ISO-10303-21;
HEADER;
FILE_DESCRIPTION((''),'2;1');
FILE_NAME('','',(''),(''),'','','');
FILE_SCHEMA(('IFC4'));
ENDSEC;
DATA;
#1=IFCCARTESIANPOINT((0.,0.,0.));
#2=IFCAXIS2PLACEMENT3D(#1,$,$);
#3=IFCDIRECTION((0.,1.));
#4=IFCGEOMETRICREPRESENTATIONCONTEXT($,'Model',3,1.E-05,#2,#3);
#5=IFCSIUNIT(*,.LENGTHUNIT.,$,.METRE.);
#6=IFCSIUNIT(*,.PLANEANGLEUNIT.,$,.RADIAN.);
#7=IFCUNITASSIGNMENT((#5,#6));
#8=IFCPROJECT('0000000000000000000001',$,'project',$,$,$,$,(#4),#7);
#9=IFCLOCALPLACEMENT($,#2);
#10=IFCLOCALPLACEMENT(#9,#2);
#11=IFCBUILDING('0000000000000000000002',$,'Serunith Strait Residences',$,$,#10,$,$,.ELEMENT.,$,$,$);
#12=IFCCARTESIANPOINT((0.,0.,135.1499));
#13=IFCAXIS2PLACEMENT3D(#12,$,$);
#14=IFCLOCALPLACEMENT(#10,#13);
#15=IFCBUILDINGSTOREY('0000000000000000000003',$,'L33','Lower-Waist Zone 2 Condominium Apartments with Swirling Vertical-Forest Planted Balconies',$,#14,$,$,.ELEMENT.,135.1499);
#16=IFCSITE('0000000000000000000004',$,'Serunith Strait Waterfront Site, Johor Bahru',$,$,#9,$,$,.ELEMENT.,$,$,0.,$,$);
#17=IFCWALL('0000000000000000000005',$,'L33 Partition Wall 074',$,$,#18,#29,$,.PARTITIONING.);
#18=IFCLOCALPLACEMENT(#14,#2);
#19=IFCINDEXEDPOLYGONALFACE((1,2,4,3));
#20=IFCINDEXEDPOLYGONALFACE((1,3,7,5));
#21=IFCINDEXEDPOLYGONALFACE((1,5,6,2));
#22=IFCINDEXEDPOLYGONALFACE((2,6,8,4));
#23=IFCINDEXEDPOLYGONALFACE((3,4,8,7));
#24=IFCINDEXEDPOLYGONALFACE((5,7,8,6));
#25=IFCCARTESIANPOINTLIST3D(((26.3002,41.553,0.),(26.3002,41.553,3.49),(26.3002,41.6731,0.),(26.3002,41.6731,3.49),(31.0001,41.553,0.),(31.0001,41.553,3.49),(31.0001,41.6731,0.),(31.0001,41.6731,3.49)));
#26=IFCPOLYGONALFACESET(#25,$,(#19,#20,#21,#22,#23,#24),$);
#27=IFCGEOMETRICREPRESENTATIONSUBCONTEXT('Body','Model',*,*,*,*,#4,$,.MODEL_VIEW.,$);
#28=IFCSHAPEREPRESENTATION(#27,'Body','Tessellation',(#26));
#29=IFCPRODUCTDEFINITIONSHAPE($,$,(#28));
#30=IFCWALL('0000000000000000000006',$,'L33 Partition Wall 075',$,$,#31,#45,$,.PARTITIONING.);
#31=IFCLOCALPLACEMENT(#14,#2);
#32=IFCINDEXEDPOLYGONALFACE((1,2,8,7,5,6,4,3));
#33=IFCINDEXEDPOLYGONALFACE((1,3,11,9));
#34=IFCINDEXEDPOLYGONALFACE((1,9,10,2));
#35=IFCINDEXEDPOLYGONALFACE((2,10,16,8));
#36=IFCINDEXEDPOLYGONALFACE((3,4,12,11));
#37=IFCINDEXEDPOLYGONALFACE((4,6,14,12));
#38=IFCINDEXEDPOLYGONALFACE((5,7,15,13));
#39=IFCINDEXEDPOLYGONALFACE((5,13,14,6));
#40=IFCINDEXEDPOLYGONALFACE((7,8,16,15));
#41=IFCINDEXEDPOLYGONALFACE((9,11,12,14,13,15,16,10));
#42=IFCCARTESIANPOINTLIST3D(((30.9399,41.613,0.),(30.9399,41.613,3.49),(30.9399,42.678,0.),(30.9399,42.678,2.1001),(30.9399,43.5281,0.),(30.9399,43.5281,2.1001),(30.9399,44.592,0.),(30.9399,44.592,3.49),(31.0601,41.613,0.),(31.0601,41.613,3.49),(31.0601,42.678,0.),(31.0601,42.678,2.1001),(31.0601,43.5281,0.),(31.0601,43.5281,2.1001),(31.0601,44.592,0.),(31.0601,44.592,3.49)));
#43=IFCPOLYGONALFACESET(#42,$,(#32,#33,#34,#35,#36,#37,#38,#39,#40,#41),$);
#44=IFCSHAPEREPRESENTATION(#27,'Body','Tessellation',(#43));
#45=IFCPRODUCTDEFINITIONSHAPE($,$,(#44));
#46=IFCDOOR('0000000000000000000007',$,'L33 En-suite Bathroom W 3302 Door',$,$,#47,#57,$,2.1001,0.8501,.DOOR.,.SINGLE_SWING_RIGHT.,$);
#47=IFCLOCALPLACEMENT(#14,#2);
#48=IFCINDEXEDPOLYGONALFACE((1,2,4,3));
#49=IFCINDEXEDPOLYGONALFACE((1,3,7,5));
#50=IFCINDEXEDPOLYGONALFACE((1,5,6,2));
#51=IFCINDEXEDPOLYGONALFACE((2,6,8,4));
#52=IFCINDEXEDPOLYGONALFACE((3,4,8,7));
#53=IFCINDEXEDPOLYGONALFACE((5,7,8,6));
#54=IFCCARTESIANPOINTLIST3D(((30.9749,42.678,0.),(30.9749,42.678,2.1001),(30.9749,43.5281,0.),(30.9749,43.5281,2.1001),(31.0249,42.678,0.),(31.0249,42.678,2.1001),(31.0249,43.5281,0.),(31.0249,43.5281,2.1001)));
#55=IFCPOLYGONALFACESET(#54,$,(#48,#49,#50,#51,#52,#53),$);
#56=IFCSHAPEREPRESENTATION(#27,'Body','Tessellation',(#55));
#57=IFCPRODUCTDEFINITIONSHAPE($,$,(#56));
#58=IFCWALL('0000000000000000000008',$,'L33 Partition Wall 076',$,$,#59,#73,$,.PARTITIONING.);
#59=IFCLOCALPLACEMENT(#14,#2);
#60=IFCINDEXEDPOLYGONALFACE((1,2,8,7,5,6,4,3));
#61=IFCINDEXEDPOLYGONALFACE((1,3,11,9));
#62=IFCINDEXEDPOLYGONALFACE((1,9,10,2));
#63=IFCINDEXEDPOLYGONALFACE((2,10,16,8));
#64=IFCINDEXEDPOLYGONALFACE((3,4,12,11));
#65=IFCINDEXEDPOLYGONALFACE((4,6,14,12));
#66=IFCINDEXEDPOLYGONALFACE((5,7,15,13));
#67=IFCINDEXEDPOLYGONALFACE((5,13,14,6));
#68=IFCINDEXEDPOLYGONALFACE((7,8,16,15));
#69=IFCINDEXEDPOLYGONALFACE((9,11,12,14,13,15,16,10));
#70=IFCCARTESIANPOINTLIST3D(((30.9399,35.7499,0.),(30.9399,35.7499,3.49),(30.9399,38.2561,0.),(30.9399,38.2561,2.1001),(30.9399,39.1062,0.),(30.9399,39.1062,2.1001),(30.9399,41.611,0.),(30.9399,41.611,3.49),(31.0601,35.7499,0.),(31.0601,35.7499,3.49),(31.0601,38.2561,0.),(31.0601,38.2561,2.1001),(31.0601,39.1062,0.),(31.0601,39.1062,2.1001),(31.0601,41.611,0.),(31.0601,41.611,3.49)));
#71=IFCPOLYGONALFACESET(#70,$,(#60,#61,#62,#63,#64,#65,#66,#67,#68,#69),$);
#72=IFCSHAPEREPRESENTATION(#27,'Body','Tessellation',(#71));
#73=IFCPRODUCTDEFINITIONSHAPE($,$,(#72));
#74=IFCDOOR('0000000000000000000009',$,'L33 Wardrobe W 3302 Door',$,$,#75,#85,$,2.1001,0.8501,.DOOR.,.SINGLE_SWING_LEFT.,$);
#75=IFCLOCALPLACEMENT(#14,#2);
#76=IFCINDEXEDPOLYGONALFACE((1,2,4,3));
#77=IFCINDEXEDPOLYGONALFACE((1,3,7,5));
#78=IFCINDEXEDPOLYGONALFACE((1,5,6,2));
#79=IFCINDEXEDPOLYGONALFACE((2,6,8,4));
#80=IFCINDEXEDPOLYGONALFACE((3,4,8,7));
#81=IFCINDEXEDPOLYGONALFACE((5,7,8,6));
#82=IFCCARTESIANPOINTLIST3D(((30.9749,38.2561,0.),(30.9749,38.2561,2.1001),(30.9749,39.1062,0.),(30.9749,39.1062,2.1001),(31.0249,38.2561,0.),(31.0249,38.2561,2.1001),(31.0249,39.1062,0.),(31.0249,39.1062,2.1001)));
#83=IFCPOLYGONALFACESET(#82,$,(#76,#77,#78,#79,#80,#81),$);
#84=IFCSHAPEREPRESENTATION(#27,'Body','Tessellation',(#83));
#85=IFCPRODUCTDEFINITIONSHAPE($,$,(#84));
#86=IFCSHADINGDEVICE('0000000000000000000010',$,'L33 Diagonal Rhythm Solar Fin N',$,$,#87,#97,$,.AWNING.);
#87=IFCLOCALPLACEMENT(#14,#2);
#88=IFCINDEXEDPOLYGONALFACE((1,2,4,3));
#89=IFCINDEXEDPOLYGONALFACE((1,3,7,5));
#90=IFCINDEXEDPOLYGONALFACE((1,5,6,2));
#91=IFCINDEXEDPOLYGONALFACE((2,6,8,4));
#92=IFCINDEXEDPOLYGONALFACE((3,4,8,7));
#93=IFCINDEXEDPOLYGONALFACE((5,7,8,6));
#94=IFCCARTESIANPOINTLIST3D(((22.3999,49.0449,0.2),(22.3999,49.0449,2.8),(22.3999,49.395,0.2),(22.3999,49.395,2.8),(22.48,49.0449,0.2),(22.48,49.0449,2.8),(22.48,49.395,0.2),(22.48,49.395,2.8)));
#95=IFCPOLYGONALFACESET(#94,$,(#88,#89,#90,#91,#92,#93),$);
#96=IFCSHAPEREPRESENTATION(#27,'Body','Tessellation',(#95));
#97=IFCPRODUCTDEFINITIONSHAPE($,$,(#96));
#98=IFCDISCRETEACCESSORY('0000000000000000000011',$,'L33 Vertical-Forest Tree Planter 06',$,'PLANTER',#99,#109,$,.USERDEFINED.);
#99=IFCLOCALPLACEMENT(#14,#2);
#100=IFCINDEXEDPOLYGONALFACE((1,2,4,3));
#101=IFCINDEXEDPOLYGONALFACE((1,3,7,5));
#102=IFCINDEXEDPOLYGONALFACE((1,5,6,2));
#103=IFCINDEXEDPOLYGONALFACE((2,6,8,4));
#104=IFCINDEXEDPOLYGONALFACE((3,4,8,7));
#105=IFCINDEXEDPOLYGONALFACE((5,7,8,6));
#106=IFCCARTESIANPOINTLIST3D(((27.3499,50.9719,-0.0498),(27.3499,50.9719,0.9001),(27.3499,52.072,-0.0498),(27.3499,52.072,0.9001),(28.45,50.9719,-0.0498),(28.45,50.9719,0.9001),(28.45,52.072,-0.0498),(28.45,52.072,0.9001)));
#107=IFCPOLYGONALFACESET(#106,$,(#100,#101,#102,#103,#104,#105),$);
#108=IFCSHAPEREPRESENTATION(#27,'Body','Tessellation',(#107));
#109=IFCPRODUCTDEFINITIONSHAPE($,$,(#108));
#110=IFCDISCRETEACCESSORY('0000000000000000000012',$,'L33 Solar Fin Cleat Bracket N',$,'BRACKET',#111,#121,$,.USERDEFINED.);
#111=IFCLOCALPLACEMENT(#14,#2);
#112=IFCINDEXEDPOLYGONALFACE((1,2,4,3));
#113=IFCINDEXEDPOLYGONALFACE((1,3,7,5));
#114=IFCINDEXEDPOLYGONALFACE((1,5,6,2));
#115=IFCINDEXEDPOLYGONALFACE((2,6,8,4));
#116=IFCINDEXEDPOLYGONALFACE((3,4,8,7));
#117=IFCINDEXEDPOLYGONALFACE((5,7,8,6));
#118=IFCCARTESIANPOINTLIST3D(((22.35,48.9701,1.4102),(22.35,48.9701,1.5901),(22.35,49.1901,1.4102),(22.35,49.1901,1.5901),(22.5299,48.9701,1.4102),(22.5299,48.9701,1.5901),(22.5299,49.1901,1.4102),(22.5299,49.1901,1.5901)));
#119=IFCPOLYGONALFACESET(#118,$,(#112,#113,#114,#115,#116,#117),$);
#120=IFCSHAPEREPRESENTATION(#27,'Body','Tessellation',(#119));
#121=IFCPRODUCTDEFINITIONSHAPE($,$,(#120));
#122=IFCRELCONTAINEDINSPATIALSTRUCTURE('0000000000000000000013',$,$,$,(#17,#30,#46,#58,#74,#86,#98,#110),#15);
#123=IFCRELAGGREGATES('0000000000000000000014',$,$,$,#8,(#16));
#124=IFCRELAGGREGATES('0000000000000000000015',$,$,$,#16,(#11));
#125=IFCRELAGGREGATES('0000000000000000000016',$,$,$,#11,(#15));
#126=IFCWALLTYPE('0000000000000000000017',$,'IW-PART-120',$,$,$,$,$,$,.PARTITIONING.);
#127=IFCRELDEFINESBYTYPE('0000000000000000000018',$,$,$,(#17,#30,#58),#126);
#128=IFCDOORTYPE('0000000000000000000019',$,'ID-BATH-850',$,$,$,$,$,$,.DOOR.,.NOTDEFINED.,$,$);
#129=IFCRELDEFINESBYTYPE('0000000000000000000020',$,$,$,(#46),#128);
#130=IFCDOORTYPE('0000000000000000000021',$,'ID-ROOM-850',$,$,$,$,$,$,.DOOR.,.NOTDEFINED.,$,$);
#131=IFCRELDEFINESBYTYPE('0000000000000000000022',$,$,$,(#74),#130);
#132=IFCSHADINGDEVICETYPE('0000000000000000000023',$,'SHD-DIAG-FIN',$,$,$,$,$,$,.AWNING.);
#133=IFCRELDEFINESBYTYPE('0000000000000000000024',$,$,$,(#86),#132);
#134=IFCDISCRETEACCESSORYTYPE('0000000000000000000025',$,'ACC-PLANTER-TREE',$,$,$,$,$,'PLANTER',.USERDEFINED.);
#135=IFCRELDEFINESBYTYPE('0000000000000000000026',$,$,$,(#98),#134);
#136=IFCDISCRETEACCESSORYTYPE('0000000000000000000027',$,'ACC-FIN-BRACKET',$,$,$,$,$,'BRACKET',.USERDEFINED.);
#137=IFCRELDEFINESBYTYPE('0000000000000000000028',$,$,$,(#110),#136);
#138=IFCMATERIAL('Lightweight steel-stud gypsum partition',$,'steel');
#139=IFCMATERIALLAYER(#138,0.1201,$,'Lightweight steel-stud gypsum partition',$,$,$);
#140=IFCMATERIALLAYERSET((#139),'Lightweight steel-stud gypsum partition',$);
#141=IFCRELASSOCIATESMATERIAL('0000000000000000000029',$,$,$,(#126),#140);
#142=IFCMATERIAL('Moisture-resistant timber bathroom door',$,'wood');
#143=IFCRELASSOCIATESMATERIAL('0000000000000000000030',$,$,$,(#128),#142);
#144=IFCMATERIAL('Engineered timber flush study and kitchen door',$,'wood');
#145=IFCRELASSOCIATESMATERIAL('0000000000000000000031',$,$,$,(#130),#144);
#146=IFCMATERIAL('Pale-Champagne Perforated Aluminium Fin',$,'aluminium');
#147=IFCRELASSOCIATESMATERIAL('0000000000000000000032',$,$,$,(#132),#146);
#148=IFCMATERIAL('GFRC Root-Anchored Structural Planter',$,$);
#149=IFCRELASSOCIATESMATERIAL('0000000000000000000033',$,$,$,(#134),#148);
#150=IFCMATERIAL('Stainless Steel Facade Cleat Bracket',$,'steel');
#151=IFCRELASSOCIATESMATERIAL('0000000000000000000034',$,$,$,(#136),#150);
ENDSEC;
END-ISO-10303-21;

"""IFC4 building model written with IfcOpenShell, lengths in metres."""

from ifc_helpers import new_model, si_unit, direction, frame, frame_2d, origin, origin_2d, place, context, subcontext, project, spatial, rectangle, extrude, source, transform, mapped, material, layer, layer_set, type_object, element, fill, save


model = new_model("IFC4")

# Units and contexts
model_context = context("Model", 3, precision=1e-05, world=origin(), true_north=direction((0.0, 1.0)))
body_context = subcontext(model_context, "Body", "Model", "MODEL_VIEW")
ifc_project = project(units=[si_unit("LENGTHUNIT", "METRE"), si_unit("PLANEANGLEUNIT", "RADIAN")], contexts=[model_context])

# Site, building, storey
site_placement = place(None, origin())
site = spatial("IfcSite", under=ifc_project, at=site_placement, Name="Serunith Strait Waterfront Site, Johor Bahru", CompositionType="ELEMENT", RefElevation=0.0)
building_placement = place(site_placement, origin())
building = spatial("IfcBuilding", under=site, at=building_placement, Name="Serunith Strait Residences", CompositionType="ELEMENT")
storey_placement = place(building_placement, frame((0.0, 0.0, 135.1499)))
storey = spatial("IfcBuildingStorey", under=building, at=storey_placement, Name="L33", Description="Lower-Waist Zone 2 Condominium Apartments with Swirling Vertical-Forest Planted Balconies", CompositionType="ELEMENT", Elevation=135.1499)

# Shared definitions
ifc_material_1 = material(Name="Lightweight steel-stud gypsum partition", Category="steel")
ifc_layer_1 = layer(ifc_material_1, 0.1201, Name="Lightweight steel-stud gypsum partition")
ifc_layer_set_1 = layer_set([ifc_layer_1], Name="Lightweight steel-stud gypsum partition")
wall_type_1 = type_object("IfcWallType", Name="IW-PART-120", PredefinedType="PARTITIONING", material=ifc_layer_set_1)

# Wall
wall_1_placement = place(storey_placement, frame((26.3, 41.613, 0.0), z_axis=(0.0, 0.0, 1.0), x_axis=(1.0, 0.0, 0.0)))
element("IfcWall", 1, at=wall_1_placement, inside=storey, type_object=wall_type_1, Name="L33 Partition Wall 074", PredefinedType="PARTITIONING", context=body_context, shape_type="SweptSolid", body=[
    extrude(rectangle(XDim=4.7, YDim=0.1201, at=frame_2d((2.3501, 0.0))), origin(), (0.0, 0.0, 1.0), 3.49),
])

# Walls, openings, doors
wall_2_placement = place(storey_placement, frame((31.0, 44.592, 0.0), z_axis=(0.0, 0.0, 1.0), x_axis=(0.0, -1.0, 0.0)))
wall_2 = element("IfcWall", 2, at=wall_2_placement, inside=storey, type_object=wall_type_1, Name="L33 Partition Wall 075", PredefinedType="PARTITIONING", context=body_context, shape_type="SweptSolid", body=[
    extrude(rectangle(XDim=2.979, YDim=0.1201, at=frame_2d((1.4895, 0.0))), origin(), (0.0, 0.0, 1.0), 3.49),
])
opening_1_placement = place(wall_2_placement, frame((1.064, 0.0, 0.0)))
opening_1 = element("IfcOpeningElement", 3, at=opening_1_placement, cuts=wall_2, PredefinedType="OPENING", context=body_context, shape_type="SweptSolid", body=[
    extrude(rectangle(XDim=0.8501, YDim=2.1001, at=frame_2d((0.425, 1.05))), frame((0.0, 0.0701, 0.0), z_axis=(0.0, -1.0, 0.0), x_axis=(1.0, 0.0, 0.0)), (0.0, 0.0, 1.0), 0.1401),
])
ifc_material_2 = material(Name="Moisture-resistant timber bathroom door", Category="wood")
door_type_1 = type_object("IfcDoorType", Name="ID-BATH-850", OperationType="NOTDEFINED", PredefinedType="DOOR", material=ifc_material_2)
shared_shape_1 = source(origin(), body_context, "Body", "SweptSolid", [
    extrude(rectangle(XDim=0.8501, YDim=2.1001, at=frame_2d((0.425, 1.05))), frame((0.0, 0.0249, 0.0), z_axis=(0.0, -1.0, 0.0), x_axis=(1.0, 0.0, 0.0)), (0.0, 0.0, 1.0), 0.05),
])
door_1_placement = place(opening_1_placement, origin())
door_1 = element("IfcDoor", 4, at=door_1_placement, inside=storey, type_object=door_type_1, Name="L33 En-suite Bathroom W 3302 Door", OperationType="SINGLE_SWING_RIGHT", OverallHeight=2.1001, OverallWidth=0.8501, PredefinedType="DOOR", context=body_context, shape_type="MappedRepresentation", body=[
    mapped(shared_shape_1, transform((0.0, 0.0, 0.0), scale=1.0)),
])
fill(opening_1, door_1)
wall_3_placement = place(storey_placement, frame((31.0, 41.6111, 0.0), z_axis=(0.0, 0.0, 1.0), x_axis=(0.0, -1.0, 0.0)))
wall_3 = element("IfcWall", 5, at=wall_3_placement, inside=storey, type_object=wall_type_1, Name="L33 Partition Wall 076", PredefinedType="PARTITIONING", context=body_context, shape_type="SweptSolid", body=[
    extrude(rectangle(XDim=5.8611, YDim=0.1201, at=frame_2d((2.9307, 0.0))), origin(), (0.0, 0.0, 1.0), 3.49),
])
opening_2_placement = place(wall_3_placement, frame((2.5049, 0.0, 0.0)))
opening_2 = element("IfcOpeningElement", 6, at=opening_2_placement, cuts=wall_3, PredefinedType="OPENING", context=body_context, shape_type="SweptSolid", body=[
    extrude(rectangle(XDim=0.8501, YDim=2.1001, at=frame_2d((0.425, 1.05))), frame((0.0, 0.0701, 0.0), z_axis=(0.0, -1.0, 0.0), x_axis=(1.0, 0.0, 0.0)), (0.0, 0.0, 1.0), 0.1401),
])
ifc_material_3 = material(Name="Engineered timber flush study and kitchen door", Category="wood")
door_type_2 = type_object("IfcDoorType", Name="ID-ROOM-850", OperationType="NOTDEFINED", PredefinedType="DOOR", material=ifc_material_3)
door_2_placement = place(opening_2_placement, origin())
door_2 = element("IfcDoor", 7, at=door_2_placement, inside=storey, type_object=door_type_2, Name="L33 Wardrobe W 3302 Door", OperationType="SINGLE_SWING_LEFT", OverallHeight=2.1001, OverallWidth=0.8501, PredefinedType="DOOR", context=body_context, shape_type="MappedRepresentation", body=[
    mapped(shared_shape_1, transform((0.0, 0.0, 0.0), scale=1.0)),
])
fill(opening_2, door_2)

# Shading device
ifc_material_4 = material(Name="Pale-Champagne Perforated Aluminium Fin", Category="aluminium")
shading_device_type = type_object("IfcShadingDeviceType", Name="SHD-DIAG-FIN", PredefinedType="AWNING", material=ifc_material_4)
shared_shape_2 = source(origin(), body_context, "Body", "SweptSolid", [
    extrude(rectangle(XDim=0.0801, YDim=0.3501, at=origin_2d()), origin(), (0.0, 0.0, 1.0), 2.6001),
])
shading_device_placement = place(storey_placement, frame((22.4399, 49.22, 0.2), z_axis=(0.0, 0.0, 1.0), x_axis=(1.0, 0.0, 0.0)))
element("IfcShadingDevice", 8, at=shading_device_placement, inside=storey, type_object=shading_device_type, Name="L33 Diagonal Rhythm Solar Fin N", PredefinedType="AWNING", context=body_context, shape_type="MappedRepresentation", body=[
    mapped(shared_shape_2, transform((0.0, 0.0, 0.0), scale=1.0)),
])

# Discrete accessories
ifc_material_5 = material(Name="GFRC Root-Anchored Structural Planter")
discrete_accessory_type_1 = type_object("IfcDiscreteAccessoryType", Name="ACC-PLANTER-TREE", ElementType="PLANTER", PredefinedType="USERDEFINED", material=ifc_material_5)
shared_shape_3 = source(origin(), body_context, "Body", "SweptSolid", [
    extrude(rectangle(XDim=1.1001, YDim=1.1001, at=origin_2d()), origin(), (0.0, 0.0, 1.0), 0.95),
])
discrete_accessory_1_placement = place(storey_placement, frame((27.8999, 51.522, -0.0498), z_axis=(0.0, 0.0, 1.0), x_axis=(-1.0, 0.0, 0.0)))
element("IfcDiscreteAccessory", 9, at=discrete_accessory_1_placement, inside=storey, type_object=discrete_accessory_type_1, Name="L33 Vertical-Forest Tree Planter 06", ObjectType="PLANTER", PredefinedType="USERDEFINED", context=body_context, shape_type="MappedRepresentation", body=[
    mapped(shared_shape_3, transform((0.0, 0.0, 0.0), scale=1.0)),
])
ifc_material_6 = material(Name="Stainless Steel Facade Cleat Bracket", Category="steel")
discrete_accessory_type_2 = type_object("IfcDiscreteAccessoryType", Name="ACC-FIN-BRACKET", ElementType="BRACKET", PredefinedType="USERDEFINED", material=ifc_material_6)
shared_shape_4 = source(origin(), body_context, "Body", "SweptSolid", [
    extrude(rectangle(XDim=0.1799, YDim=0.22, at=origin_2d()), origin(), (0.0, 0.0, 1.0), 0.1799),
])
discrete_accessory_2_placement = place(storey_placement, frame((22.4399, 49.0801, 1.4102), z_axis=(0.0, 0.0, 1.0), x_axis=(1.0, 0.0, 0.0)))
element("IfcDiscreteAccessory", 10, at=discrete_accessory_2_placement, inside=storey, type_object=discrete_accessory_type_2, Name="L33 Solar Fin Cleat Bracket N", ObjectType="BRACKET", PredefinedType="USERDEFINED", context=body_context, shape_type="MappedRepresentation", body=[
    mapped(shared_shape_4, transform((0.0, 0.0, 0.0), scale=1.0)),
])

save(model, "model.ifc")
